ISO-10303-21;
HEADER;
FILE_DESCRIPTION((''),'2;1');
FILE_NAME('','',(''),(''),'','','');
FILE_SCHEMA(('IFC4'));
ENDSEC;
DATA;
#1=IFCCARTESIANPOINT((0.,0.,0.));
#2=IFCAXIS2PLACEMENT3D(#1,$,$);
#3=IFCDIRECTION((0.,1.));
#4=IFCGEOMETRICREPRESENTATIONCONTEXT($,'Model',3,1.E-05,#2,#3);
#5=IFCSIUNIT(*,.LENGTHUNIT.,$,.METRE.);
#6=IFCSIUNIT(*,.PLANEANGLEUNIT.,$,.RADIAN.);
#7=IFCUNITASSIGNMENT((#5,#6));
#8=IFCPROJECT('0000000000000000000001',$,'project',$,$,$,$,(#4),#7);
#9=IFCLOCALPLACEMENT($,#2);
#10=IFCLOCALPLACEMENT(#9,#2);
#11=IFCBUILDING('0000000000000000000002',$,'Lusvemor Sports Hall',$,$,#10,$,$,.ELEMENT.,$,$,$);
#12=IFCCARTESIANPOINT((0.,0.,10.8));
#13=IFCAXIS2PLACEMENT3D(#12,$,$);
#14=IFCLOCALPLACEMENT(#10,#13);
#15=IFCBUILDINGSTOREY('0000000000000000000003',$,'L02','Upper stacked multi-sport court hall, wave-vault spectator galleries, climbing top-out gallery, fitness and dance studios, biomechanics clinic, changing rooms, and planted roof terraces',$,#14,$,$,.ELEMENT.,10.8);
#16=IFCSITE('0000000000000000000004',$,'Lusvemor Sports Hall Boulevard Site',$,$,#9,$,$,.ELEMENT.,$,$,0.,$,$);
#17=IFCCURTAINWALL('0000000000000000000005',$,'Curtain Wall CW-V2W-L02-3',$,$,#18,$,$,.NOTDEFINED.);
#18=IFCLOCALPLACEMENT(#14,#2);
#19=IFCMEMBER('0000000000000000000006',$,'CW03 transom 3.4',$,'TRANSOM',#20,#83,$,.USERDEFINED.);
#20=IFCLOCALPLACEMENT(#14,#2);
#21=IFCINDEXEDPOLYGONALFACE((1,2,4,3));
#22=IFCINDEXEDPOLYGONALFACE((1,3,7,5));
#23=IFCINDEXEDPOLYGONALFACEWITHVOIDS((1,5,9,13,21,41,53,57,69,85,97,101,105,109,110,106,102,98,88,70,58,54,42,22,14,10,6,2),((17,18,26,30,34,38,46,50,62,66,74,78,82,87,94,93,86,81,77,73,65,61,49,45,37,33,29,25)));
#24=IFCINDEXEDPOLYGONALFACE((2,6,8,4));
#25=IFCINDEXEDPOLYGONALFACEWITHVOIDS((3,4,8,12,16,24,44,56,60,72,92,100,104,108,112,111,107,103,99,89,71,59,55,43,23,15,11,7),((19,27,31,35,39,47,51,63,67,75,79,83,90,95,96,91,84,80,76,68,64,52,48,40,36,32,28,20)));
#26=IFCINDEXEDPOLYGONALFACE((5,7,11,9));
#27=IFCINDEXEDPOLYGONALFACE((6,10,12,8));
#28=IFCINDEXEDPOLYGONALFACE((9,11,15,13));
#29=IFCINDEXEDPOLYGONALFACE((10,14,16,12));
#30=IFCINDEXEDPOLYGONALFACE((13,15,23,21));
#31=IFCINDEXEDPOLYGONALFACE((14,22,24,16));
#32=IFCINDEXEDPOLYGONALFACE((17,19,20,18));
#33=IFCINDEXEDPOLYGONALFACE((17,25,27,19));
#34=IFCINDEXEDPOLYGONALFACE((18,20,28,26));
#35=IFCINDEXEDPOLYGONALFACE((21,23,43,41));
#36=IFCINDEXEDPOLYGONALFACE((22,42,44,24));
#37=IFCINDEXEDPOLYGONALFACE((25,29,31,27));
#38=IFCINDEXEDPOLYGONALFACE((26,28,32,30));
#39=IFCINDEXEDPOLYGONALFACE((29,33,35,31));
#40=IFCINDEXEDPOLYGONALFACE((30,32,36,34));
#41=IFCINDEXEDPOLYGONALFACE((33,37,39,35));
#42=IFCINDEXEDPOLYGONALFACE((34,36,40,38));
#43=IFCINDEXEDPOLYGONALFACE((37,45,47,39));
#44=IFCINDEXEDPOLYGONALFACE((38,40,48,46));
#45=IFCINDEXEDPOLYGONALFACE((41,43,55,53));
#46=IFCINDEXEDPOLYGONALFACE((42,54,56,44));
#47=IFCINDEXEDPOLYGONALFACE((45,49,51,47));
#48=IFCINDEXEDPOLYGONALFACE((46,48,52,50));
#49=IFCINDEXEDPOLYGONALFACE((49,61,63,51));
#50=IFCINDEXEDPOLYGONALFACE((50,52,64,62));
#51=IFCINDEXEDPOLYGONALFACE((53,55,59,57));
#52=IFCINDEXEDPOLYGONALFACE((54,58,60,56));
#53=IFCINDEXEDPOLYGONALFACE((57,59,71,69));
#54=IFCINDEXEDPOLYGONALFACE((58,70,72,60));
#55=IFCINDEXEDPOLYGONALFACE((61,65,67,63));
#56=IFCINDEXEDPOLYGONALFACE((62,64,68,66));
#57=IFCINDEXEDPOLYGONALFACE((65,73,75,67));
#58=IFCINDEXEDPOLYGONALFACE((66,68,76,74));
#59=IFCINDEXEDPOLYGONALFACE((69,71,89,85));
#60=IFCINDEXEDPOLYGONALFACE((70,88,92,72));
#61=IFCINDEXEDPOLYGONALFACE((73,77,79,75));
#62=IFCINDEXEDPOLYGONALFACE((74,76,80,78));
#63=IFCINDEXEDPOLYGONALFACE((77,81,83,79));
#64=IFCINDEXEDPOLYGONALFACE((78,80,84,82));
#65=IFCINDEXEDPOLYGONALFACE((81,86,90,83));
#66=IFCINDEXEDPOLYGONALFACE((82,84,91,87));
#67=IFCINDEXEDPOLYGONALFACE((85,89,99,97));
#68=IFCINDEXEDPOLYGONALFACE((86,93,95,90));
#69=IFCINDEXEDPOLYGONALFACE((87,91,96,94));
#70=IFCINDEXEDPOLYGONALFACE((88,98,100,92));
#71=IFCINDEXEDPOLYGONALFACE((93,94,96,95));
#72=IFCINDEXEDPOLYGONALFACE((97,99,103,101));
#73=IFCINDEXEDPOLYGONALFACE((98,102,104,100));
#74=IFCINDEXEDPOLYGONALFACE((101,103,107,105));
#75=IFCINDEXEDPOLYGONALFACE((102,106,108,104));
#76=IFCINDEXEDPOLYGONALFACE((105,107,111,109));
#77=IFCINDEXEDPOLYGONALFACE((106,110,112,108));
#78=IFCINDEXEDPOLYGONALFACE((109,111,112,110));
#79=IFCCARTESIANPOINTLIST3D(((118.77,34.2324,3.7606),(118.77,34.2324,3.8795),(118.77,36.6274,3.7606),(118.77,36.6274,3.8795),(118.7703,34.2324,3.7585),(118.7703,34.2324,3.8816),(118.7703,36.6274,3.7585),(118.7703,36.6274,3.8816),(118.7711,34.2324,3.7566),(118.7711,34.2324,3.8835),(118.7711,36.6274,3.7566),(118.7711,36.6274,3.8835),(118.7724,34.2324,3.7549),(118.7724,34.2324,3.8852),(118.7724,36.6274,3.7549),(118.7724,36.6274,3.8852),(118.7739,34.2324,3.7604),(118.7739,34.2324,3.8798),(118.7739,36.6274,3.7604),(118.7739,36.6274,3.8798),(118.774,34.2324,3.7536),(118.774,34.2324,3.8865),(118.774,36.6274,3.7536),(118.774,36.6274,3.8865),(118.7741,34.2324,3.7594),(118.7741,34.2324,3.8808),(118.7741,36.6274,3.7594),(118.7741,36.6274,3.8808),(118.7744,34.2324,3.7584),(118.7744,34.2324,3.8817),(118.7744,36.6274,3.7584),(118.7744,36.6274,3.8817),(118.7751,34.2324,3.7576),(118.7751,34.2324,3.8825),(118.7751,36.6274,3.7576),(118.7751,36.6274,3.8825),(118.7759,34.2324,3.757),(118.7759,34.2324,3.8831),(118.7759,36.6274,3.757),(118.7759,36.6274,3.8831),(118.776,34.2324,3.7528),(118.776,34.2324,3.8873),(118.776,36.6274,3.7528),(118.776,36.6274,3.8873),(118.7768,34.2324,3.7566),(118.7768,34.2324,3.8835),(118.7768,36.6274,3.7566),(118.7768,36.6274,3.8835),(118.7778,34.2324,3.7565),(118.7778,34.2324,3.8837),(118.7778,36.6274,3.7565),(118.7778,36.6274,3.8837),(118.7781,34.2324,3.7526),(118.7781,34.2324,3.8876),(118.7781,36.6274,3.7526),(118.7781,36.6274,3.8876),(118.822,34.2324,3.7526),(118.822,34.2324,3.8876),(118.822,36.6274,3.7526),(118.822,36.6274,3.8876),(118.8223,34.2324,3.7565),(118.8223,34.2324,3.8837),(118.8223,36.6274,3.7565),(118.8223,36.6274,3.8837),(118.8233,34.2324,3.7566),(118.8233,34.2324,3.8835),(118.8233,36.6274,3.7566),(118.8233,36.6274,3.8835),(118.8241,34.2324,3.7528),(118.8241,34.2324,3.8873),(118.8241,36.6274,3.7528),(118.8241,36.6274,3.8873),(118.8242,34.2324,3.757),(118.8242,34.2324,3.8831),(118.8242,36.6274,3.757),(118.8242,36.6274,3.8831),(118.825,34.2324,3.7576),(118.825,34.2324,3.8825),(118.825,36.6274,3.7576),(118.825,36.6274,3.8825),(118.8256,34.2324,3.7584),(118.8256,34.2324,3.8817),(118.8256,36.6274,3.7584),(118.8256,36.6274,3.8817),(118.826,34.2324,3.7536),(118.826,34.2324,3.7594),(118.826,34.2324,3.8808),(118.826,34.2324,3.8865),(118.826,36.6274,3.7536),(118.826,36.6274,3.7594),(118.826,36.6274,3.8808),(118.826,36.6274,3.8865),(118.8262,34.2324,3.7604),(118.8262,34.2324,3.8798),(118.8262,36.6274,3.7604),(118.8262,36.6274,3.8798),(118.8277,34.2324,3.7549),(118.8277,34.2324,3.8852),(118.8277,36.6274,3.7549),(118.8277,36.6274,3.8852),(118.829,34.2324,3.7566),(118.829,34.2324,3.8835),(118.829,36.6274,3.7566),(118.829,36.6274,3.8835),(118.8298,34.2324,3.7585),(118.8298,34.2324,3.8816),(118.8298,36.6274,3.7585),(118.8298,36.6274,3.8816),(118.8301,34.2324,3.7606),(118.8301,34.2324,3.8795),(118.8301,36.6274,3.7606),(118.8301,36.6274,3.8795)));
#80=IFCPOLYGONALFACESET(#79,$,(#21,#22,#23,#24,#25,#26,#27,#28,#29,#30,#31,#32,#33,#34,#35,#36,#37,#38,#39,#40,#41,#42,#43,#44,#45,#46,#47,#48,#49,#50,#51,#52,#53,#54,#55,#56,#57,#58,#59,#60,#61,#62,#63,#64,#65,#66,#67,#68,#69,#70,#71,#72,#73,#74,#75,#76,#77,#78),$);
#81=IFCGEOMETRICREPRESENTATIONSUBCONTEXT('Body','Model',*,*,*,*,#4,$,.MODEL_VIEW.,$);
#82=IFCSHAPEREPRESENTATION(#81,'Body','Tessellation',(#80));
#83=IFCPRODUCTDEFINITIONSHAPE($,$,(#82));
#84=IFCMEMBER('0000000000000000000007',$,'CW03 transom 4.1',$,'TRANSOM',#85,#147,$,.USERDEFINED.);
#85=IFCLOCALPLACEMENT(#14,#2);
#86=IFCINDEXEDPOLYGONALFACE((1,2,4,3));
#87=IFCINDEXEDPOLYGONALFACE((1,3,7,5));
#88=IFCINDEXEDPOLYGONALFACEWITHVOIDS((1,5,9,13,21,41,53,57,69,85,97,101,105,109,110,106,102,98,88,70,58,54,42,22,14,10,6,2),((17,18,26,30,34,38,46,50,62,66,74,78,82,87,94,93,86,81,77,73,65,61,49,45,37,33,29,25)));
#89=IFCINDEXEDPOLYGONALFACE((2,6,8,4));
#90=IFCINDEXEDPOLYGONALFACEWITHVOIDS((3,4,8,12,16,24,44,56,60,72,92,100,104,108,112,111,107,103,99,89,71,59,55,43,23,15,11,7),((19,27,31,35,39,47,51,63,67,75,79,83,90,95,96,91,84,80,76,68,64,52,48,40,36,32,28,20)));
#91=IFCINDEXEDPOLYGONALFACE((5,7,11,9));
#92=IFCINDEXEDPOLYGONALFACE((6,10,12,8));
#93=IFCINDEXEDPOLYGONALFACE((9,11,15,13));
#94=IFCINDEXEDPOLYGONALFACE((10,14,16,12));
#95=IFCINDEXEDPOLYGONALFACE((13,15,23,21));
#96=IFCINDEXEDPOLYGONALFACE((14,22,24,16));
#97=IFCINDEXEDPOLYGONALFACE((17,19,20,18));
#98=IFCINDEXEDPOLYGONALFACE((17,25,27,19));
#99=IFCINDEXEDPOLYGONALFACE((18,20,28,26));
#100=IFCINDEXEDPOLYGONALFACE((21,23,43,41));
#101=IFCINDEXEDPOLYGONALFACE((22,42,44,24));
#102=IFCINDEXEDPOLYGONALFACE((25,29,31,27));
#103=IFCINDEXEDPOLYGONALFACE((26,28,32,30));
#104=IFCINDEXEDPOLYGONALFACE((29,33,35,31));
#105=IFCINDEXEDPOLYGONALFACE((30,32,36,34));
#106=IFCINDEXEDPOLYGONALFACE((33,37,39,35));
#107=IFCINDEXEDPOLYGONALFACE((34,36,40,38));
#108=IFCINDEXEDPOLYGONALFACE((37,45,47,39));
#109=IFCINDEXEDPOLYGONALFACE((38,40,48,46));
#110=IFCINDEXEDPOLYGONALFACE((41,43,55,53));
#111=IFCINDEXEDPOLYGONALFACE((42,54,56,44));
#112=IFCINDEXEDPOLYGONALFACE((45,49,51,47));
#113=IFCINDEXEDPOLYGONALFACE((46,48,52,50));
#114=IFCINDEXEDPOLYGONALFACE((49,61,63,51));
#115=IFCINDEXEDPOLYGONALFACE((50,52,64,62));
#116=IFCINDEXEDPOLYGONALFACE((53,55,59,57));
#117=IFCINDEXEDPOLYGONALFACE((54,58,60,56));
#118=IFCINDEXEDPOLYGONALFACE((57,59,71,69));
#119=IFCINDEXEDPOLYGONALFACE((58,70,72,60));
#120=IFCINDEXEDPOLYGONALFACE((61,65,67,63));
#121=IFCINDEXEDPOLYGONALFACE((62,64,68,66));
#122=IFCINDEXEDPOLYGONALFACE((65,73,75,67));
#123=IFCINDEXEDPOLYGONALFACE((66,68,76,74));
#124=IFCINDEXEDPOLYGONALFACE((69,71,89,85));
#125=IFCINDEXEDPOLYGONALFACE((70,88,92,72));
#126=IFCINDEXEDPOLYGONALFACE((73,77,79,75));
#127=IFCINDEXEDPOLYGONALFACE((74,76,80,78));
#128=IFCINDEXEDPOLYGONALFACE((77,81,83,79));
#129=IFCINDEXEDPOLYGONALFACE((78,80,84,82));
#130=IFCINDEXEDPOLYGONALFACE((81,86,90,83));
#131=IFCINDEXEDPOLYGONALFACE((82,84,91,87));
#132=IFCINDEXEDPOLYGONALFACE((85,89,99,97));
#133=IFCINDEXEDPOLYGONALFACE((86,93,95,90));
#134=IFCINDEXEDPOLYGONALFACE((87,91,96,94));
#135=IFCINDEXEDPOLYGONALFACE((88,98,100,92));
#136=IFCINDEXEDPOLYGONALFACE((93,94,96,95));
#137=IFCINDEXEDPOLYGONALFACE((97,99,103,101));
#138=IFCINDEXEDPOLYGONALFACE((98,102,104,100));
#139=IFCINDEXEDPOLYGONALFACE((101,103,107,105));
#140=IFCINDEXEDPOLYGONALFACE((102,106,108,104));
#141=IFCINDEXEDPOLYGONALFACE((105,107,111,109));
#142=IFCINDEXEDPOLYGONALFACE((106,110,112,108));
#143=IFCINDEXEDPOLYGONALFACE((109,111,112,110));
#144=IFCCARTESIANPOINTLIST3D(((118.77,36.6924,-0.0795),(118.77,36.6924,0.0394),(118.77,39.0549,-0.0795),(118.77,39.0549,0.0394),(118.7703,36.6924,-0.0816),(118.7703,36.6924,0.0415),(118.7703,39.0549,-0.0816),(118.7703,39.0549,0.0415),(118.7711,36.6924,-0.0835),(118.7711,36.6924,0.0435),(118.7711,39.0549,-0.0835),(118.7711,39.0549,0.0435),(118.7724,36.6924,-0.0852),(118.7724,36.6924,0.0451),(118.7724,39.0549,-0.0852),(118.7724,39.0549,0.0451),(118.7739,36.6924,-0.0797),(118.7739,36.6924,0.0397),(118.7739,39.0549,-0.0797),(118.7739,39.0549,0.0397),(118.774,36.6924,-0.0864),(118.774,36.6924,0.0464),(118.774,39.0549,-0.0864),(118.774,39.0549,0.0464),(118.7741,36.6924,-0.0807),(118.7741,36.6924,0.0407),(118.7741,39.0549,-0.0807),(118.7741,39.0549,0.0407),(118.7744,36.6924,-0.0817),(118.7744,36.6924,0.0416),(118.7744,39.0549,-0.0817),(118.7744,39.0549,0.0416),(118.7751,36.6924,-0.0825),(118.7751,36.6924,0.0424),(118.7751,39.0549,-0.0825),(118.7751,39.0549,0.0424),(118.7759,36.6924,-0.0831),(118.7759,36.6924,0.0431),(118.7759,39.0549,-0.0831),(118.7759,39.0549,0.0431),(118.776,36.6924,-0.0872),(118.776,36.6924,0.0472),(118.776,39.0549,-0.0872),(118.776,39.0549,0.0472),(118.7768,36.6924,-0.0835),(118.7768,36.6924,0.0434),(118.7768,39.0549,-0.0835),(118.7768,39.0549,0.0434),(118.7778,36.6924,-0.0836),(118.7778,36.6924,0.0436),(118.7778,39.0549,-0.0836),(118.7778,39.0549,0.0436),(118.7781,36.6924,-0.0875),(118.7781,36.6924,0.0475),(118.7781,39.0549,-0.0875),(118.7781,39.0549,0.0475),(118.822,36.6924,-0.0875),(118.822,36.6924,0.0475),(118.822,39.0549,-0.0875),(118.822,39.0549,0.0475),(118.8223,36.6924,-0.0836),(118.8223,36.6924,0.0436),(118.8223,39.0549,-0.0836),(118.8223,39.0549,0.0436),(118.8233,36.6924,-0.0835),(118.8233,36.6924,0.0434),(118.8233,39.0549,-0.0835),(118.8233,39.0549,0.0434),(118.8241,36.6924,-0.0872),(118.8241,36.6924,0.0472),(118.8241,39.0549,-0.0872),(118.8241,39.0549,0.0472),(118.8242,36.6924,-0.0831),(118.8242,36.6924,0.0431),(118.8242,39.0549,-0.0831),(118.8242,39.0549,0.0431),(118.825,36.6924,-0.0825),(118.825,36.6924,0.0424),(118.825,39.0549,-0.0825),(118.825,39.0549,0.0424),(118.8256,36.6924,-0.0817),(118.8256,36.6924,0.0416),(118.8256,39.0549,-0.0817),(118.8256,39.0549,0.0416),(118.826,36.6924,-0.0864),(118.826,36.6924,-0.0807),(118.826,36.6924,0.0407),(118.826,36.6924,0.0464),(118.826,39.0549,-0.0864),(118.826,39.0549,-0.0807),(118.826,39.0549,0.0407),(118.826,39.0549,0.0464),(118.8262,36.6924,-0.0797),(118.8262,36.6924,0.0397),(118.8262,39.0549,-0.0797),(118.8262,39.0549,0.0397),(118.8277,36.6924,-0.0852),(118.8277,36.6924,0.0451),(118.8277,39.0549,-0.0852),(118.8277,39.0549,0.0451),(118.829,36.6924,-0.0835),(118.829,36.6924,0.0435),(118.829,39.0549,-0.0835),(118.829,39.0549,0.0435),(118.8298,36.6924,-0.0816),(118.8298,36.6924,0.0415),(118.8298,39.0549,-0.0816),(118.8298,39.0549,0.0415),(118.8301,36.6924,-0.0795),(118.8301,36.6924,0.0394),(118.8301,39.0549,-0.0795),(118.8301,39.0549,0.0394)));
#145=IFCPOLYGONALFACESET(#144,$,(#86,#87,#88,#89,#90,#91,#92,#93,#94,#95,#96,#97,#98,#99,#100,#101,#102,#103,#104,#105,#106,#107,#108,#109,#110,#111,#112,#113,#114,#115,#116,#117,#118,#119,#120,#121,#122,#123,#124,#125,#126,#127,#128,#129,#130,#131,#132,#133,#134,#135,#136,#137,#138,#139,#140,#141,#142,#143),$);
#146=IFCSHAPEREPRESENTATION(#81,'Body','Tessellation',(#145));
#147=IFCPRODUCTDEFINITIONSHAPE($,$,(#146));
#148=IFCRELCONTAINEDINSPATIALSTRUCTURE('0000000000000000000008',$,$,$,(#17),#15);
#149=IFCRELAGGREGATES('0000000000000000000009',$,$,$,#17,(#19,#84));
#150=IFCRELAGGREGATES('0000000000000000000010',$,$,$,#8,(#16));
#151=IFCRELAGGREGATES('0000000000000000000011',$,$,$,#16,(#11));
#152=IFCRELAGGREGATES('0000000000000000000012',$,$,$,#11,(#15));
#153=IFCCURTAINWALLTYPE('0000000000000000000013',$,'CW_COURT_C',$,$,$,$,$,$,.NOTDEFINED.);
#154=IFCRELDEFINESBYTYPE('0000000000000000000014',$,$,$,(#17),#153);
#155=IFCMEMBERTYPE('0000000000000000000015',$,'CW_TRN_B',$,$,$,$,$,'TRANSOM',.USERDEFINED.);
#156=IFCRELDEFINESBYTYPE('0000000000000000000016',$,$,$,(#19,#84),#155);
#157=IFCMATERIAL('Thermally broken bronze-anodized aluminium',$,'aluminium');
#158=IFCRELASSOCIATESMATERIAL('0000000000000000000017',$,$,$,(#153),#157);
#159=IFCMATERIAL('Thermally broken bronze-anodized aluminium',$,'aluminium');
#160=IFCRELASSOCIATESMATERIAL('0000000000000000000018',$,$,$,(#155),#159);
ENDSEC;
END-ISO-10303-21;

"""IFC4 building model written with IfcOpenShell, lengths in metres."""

from ifc_helpers import new_model, si_unit, direction, frame, origin, origin_2d, place, context, subcontext, project, spatial, hollow_rectangle, extrude, material, material_profile, profile_set, type_object, element, aggregate, save


model = new_model("IFC4")

# Units and contexts
model_context = context("Model", 3, precision=1e-05, world=origin(), true_north=direction((0.0, 1.0)))
body_context = subcontext(model_context, "Body", "Model", "MODEL_VIEW")
ifc_project = project(units=[si_unit("LENGTHUNIT", "METRE"), si_unit("PLANEANGLEUNIT", "RADIAN")], contexts=[model_context])

# Site, building, storey
site_placement = place(None, origin())
site = spatial("IfcSite", under=ifc_project, at=site_placement, Name="Lusvemor Sports Hall Boulevard Site", CompositionType="ELEMENT", RefElevation=0.0)
building_placement = place(site_placement, origin())
building = spatial("IfcBuilding", under=site, at=building_placement, Name="Lusvemor Sports Hall", CompositionType="ELEMENT")
storey_placement = place(building_placement, frame((0.0, 0.0, 10.8)))
storey = spatial("IfcBuildingStorey", under=building, at=storey_placement, Name="L02", Description="Upper stacked multi-sport court hall, wave-vault spectator galleries, climbing top-out gallery, fitness and dance studios, biomechanics clinic, changing rooms, and planted roof terraces", CompositionType="ELEMENT", Elevation=10.8)

# Curtain wall, members
ifc_material_1 = material(Name="Thermally broken bronze-anodized aluminium", Category="aluminium")
curtain_wall_type = type_object("IfcCurtainWallType", Name="CW_COURT_C", PredefinedType="NOTDEFINED", material=ifc_material_1)
curtain_wall_placement = place(storey_placement, origin())
curtain_wall = element("IfcCurtainWall", 1, at=curtain_wall_placement, inside=storey, type_object=curtain_wall_type, Name="Curtain Wall CW-V2W-L02-3", PredefinedType="NOTDEFINED")
ifc_material_2 = material(Name="Thermally broken bronze-anodized aluminium", Category="aluminium")
ifc_material_profile_1 = material_profile(ifc_material_2, hollow_rectangle(XDim=0.0601, YDim=0.135, WallThickness=0.0039, InnerFilletRadius=0.0039, OuterFilletRadius=0.0081, at=origin_2d()), Name="CWTRN135x60x4")
ifc_profile_set_1 = profile_set([ifc_material_profile_1], Name="Thermally broken bronze-anodized aluminium")
member_type_1 = type_object("IfcMemberType", Name="CW_TRN_B", ElementType="TRANSOM", PredefinedType="USERDEFINED", material=ifc_profile_set_1)
member_1_placement = place(storey_placement, frame((118.8, 34.2324, 3.8201), z_axis=(0.0, 1.0, 0.0), x_axis=(-1.0, 0.0, 0.0)))
member_1 = element("IfcMember", 2, at=member_1_placement, type_object=member_type_1, Name="CW03 transom 3.4", ObjectType="TRANSOM", PredefinedType="USERDEFINED", context=body_context, shape_type="SweptSolid", body=[
    extrude(hollow_rectangle(XDim=0.0601, YDim=0.135, WallThickness=0.0039, InnerFilletRadius=0.0039, OuterFilletRadius=0.0081, at=origin_2d()), origin(), (0.0, 0.0, 1.0), 2.395),
])
member_2_placement = place(storey_placement, frame((118.8, 36.6924, -0.02), z_axis=(0.0, 1.0, 0.0), x_axis=(-1.0, 0.0, 0.0)))
member_2 = element("IfcMember", 3, at=member_2_placement, type_object=member_type_1, Name="CW03 transom 4.1", ObjectType="TRANSOM", PredefinedType="USERDEFINED", context=body_context, shape_type="SweptSolid", body=[
    extrude(hollow_rectangle(XDim=0.0601, YDim=0.135, WallThickness=0.0039, InnerFilletRadius=0.0039, OuterFilletRadius=0.0081, at=origin_2d()), origin(), (0.0, 0.0, 1.0), 2.3625),
])
aggregate(curtain_wall, [member_1, member_2])

save(model, "model.ifc")
